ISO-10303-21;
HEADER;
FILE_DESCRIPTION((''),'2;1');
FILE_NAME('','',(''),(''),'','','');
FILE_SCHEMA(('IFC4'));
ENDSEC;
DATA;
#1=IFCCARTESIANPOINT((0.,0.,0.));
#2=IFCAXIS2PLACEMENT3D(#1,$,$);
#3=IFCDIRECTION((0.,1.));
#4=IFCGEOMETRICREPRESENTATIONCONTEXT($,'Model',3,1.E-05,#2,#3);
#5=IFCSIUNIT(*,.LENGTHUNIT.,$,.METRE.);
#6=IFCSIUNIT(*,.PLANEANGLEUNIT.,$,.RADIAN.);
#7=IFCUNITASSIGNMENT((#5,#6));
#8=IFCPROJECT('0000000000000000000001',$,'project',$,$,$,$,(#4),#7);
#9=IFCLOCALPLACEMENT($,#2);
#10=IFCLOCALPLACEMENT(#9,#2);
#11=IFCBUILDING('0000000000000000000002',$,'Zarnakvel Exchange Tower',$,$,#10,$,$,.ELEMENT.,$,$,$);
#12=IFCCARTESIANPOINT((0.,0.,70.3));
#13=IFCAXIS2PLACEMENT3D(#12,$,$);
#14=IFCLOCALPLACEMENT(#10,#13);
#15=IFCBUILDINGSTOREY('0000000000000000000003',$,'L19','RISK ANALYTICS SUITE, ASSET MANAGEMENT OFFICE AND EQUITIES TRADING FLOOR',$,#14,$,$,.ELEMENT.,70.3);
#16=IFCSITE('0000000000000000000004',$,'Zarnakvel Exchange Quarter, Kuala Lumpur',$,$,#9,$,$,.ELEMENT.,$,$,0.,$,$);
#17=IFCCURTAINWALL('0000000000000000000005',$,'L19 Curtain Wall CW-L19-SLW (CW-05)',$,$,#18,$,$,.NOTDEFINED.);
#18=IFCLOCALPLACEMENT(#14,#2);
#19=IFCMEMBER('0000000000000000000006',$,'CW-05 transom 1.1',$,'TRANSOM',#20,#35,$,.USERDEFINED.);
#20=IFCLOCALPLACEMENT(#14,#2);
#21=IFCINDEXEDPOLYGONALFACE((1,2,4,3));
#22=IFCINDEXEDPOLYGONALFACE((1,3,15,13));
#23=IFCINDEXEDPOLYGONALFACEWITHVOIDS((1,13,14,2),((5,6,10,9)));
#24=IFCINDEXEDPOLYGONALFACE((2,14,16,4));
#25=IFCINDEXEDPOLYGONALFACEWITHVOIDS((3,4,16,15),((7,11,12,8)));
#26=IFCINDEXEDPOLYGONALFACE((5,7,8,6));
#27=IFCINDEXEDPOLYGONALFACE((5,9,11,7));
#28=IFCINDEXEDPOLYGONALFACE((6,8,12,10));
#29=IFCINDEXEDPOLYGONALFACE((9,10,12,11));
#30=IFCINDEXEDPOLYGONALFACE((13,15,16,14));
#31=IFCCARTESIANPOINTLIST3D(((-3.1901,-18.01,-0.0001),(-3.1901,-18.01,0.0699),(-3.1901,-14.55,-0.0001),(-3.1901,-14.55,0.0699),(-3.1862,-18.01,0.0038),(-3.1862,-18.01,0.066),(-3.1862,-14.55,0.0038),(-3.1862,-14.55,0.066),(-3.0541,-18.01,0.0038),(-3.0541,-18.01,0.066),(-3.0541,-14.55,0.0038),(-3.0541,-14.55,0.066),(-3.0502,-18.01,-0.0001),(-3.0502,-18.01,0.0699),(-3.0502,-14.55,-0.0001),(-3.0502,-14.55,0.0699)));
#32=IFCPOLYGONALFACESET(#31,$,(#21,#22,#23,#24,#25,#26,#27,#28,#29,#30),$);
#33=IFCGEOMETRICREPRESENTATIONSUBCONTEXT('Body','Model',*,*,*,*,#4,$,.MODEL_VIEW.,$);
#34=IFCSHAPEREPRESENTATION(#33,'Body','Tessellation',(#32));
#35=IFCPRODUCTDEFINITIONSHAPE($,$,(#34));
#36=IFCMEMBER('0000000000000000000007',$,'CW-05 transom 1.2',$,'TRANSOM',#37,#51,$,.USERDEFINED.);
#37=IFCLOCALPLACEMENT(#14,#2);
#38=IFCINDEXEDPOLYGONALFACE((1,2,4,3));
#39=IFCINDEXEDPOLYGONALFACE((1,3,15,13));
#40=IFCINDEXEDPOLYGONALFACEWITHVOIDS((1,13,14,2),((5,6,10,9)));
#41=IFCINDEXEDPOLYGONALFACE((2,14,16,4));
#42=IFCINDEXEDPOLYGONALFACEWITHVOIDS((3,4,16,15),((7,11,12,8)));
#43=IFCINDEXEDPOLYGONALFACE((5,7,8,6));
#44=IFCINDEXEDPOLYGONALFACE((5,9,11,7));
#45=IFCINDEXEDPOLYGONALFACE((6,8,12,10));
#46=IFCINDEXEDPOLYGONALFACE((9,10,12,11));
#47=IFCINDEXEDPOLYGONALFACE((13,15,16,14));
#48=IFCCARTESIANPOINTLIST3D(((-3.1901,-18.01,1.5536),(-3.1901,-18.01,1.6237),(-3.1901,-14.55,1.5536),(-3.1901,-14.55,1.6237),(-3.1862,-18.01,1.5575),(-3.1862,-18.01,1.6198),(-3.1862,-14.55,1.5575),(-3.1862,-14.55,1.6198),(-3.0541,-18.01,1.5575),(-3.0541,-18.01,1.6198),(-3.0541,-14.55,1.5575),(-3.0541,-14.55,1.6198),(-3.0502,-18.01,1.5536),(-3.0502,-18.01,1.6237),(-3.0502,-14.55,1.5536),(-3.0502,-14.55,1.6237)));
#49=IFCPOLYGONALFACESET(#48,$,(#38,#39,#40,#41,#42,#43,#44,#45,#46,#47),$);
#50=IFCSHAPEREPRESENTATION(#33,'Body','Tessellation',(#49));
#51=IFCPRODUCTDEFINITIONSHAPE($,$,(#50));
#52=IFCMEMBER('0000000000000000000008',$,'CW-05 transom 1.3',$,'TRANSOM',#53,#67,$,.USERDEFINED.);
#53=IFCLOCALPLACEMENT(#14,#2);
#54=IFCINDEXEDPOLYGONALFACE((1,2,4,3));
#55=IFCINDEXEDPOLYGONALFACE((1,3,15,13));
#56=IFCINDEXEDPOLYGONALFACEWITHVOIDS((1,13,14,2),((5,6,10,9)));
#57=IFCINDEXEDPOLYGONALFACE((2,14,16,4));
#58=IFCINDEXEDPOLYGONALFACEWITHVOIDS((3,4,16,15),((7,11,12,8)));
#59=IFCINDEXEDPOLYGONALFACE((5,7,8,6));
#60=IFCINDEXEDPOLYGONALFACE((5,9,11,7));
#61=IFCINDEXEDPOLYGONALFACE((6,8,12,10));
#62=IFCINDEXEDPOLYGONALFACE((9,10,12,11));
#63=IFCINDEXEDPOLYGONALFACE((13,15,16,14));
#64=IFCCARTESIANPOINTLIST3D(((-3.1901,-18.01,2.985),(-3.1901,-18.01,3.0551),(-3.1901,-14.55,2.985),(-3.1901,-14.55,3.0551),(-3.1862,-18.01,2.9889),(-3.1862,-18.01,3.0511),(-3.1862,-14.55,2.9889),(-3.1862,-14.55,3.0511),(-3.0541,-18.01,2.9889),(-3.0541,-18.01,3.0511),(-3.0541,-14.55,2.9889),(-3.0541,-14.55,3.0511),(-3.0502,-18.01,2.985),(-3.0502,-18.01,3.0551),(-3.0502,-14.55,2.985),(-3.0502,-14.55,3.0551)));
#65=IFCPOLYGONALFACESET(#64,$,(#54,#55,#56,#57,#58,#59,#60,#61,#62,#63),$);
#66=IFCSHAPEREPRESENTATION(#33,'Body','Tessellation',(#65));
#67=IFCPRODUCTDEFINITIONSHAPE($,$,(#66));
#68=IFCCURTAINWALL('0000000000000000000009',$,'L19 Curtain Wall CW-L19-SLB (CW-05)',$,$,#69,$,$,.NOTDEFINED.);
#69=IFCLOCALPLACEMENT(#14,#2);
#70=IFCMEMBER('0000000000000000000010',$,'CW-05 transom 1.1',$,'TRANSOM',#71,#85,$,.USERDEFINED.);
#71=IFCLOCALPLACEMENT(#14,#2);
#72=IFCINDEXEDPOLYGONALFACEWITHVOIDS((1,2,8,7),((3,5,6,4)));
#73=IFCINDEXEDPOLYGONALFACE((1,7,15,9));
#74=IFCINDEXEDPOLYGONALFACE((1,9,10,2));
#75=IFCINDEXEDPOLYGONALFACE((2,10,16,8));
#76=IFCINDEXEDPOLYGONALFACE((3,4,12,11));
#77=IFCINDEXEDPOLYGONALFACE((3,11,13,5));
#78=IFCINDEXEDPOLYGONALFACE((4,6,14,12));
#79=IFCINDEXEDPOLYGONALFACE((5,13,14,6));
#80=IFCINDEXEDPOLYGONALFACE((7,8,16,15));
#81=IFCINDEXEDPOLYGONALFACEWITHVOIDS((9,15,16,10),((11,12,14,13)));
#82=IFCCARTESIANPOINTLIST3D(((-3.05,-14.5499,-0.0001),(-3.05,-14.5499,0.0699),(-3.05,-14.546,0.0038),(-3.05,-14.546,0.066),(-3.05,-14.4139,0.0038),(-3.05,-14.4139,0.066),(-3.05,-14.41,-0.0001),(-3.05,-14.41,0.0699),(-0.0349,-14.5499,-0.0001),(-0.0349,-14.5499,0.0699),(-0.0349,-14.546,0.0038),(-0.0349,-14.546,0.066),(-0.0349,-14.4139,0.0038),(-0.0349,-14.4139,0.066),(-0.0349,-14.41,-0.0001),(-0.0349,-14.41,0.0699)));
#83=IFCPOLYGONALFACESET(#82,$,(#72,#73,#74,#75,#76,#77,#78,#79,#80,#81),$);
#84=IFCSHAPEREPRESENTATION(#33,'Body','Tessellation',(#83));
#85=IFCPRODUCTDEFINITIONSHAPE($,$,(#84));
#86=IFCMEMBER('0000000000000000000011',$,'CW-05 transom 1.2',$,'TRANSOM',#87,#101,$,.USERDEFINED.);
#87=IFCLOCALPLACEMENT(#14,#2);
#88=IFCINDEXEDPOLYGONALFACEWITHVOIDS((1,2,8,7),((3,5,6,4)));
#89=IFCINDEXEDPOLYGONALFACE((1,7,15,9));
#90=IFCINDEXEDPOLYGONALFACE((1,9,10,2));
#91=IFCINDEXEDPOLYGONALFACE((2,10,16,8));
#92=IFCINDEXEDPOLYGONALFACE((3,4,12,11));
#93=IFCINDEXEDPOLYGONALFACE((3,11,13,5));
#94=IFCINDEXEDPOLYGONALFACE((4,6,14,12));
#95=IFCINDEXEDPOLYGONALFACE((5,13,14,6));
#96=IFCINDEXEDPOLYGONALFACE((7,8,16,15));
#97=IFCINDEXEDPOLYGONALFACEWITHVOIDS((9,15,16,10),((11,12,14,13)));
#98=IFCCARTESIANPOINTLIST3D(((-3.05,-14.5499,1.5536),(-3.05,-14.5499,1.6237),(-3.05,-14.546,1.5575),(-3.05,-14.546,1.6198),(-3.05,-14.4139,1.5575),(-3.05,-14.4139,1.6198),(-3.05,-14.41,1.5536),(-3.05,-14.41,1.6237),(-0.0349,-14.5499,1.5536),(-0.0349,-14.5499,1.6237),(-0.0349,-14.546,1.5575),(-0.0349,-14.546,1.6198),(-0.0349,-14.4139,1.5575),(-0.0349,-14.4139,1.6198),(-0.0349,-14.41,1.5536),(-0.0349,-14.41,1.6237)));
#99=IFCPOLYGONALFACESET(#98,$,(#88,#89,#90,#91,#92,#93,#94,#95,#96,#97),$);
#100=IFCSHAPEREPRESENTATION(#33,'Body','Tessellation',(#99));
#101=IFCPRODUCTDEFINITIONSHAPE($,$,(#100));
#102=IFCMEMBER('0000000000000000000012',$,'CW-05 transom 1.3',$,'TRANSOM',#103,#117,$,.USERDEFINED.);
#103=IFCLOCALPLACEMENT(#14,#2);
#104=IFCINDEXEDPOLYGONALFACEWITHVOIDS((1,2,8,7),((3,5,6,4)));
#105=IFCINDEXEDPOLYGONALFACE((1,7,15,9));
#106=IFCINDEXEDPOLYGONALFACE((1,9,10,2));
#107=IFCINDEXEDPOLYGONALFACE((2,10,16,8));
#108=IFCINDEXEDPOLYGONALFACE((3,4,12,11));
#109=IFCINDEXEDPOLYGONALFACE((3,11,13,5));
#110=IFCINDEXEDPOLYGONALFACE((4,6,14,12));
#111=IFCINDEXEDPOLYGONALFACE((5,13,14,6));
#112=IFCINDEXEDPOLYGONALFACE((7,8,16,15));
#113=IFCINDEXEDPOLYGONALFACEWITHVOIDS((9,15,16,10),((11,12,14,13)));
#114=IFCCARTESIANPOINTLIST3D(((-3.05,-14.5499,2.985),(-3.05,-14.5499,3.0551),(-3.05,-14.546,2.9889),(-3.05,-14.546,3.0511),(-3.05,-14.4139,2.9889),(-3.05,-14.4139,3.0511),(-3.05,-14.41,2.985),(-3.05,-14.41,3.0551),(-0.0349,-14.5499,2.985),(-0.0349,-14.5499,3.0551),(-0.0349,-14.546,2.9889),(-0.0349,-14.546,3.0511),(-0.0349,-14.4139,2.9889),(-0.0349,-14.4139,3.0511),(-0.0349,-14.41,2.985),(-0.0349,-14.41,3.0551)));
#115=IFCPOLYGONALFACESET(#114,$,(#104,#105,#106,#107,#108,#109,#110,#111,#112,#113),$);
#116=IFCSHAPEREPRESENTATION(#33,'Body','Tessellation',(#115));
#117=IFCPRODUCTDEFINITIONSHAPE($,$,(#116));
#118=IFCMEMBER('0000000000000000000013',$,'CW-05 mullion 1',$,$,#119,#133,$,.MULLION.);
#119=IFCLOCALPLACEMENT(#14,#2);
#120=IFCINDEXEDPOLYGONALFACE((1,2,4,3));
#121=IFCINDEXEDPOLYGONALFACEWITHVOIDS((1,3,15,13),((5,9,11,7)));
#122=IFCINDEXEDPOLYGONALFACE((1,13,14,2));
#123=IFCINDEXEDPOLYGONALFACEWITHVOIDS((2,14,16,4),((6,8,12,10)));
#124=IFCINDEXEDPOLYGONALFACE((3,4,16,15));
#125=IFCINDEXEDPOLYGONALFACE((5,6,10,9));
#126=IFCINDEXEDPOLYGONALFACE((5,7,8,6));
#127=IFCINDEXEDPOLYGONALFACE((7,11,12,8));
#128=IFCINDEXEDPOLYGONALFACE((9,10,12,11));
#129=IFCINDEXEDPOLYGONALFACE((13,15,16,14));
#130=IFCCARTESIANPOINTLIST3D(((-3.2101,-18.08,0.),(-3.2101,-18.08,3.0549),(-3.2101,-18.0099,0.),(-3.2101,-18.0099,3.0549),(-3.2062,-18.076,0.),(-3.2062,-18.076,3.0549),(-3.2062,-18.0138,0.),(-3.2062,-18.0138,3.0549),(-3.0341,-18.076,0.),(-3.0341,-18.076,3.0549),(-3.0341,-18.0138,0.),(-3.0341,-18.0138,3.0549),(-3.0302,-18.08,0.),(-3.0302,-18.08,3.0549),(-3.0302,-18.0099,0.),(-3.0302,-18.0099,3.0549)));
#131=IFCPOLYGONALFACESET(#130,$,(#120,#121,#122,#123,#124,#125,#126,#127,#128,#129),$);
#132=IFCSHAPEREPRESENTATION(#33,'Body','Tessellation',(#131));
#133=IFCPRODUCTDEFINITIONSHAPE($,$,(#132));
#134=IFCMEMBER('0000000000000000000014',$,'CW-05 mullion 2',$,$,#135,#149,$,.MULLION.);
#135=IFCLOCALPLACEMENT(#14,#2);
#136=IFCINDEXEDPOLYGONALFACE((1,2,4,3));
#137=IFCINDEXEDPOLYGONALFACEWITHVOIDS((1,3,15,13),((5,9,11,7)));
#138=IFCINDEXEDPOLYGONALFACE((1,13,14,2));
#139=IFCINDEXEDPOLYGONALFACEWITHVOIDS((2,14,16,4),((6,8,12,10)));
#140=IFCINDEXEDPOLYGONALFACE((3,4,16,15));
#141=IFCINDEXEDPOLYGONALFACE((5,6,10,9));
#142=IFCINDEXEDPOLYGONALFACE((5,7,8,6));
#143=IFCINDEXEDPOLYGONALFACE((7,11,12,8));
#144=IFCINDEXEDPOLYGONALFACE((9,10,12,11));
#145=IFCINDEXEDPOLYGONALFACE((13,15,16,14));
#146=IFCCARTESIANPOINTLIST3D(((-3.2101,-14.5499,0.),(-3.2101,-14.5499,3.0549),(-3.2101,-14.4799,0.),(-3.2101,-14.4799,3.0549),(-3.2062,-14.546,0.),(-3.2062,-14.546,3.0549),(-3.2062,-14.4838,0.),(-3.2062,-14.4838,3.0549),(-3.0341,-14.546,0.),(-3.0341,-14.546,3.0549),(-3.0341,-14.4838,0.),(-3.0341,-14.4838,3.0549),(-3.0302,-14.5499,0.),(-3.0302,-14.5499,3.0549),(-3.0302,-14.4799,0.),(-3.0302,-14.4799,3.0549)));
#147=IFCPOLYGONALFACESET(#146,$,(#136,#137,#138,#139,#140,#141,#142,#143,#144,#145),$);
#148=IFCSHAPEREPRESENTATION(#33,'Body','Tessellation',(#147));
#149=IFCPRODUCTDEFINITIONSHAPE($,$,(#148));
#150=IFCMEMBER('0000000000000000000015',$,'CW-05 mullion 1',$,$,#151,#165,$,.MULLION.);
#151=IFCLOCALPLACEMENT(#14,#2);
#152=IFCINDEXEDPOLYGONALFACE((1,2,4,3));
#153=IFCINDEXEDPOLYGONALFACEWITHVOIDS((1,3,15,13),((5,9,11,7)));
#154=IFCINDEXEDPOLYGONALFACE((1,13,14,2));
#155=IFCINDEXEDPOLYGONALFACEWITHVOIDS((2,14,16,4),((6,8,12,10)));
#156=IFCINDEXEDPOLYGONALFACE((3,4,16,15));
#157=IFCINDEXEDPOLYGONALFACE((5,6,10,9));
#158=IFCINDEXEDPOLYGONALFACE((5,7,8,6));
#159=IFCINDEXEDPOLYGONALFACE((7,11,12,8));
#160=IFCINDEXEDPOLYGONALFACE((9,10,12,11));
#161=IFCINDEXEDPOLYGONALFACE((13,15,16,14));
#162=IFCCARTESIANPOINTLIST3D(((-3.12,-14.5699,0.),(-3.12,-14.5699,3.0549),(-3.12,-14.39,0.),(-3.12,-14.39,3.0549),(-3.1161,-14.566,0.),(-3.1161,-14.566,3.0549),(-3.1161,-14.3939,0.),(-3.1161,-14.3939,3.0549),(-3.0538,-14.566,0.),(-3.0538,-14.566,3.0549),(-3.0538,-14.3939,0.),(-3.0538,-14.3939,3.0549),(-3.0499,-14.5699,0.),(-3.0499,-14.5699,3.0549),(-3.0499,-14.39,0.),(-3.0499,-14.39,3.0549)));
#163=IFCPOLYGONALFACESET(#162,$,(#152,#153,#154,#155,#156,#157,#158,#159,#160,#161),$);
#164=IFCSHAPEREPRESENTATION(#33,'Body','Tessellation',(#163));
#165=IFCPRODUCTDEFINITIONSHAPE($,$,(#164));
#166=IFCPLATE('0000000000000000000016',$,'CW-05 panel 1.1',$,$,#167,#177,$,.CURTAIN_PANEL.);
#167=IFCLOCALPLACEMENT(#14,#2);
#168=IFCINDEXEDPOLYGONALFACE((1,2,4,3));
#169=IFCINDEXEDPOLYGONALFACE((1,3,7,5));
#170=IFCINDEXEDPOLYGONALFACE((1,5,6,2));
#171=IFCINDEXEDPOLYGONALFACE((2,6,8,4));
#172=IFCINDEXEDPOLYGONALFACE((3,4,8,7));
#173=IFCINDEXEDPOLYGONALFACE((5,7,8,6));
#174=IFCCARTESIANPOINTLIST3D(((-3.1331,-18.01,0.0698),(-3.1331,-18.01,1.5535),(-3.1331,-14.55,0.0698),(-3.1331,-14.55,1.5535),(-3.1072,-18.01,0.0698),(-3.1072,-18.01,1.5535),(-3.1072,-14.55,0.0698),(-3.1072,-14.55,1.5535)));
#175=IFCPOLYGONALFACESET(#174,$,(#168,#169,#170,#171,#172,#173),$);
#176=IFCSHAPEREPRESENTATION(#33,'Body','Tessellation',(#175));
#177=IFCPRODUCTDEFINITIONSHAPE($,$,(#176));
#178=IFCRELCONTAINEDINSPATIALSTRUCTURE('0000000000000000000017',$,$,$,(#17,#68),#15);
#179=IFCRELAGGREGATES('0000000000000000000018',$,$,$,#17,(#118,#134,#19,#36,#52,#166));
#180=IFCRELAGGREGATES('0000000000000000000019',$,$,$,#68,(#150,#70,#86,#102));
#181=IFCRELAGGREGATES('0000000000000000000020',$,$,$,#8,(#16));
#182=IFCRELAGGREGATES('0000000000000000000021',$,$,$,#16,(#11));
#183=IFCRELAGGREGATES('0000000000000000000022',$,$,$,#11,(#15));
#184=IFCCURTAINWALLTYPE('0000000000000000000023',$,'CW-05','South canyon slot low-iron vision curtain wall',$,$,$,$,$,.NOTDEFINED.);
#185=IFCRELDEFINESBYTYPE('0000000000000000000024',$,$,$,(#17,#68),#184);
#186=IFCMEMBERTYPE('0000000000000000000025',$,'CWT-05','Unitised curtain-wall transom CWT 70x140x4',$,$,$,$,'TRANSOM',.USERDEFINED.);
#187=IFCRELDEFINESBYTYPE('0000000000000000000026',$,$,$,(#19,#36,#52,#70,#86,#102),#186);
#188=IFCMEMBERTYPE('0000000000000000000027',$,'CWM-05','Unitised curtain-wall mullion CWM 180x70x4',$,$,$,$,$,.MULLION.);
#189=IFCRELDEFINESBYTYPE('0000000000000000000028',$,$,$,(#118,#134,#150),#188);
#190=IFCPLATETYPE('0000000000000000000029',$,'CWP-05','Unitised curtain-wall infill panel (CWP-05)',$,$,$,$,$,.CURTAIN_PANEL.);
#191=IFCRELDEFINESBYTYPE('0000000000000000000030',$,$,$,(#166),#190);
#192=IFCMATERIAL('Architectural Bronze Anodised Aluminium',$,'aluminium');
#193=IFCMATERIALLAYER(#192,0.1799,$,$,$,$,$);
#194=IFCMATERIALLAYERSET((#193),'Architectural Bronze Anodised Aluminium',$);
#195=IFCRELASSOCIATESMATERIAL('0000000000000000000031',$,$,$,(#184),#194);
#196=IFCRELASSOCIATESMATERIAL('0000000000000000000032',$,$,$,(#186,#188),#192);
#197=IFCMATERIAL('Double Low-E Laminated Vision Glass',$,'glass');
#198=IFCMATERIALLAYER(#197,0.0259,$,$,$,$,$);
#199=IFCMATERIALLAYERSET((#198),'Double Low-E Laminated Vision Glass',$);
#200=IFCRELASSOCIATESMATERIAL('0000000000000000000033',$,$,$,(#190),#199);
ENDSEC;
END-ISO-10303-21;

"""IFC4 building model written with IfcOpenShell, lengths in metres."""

from ifc_helpers import new_model, si_unit, direction, frame, origin, origin_2d, place, context, subcontext, project, spatial, rectangle, hollow_rectangle, extrude, source, transform, mapped, material, layer, layer_set, material_profile, profile_set, type_object, element, aggregate, save


model = new_model("IFC4")

# Units and contexts
model_context = context("Model", 3, precision=1e-05, world=origin(), true_north=direction((0.0, 1.0)))
body_context = subcontext(model_context, "Body", "Model", "MODEL_VIEW")
ifc_project = project(units=[si_unit("LENGTHUNIT", "METRE"), si_unit("PLANEANGLEUNIT", "RADIAN")], contexts=[model_context])

# Site, building, storey
site_placement = place(None, origin())
site = spatial("IfcSite", under=ifc_project, at=site_placement, Name="Zarnakvel Exchange Quarter, Kuala Lumpur", CompositionType="ELEMENT", RefElevation=0.0)
building_placement = place(site_placement, origin())
building = spatial("IfcBuilding", under=site, at=building_placement, Name="Zarnakvel Exchange Tower", CompositionType="ELEMENT")
storey_placement = place(building_placement, frame((0.0, 0.0, 70.3)))
storey = spatial("IfcBuildingStorey", under=building, at=storey_placement, Name="L19", Description="RISK ANALYTICS SUITE, ASSET MANAGEMENT OFFICE AND EQUITIES TRADING FLOOR", CompositionType="ELEMENT", Elevation=70.3)

# Curtain walls, members
ifc_material_1 = material(Name="Architectural Bronze Anodised Aluminium", Category="aluminium")
ifc_layer_1 = layer(ifc_material_1, 0.1799)
ifc_layer_set_1 = layer_set([ifc_layer_1], Name="Architectural Bronze Anodised Aluminium")
curtain_wall_type = type_object("IfcCurtainWallType", Name="CW-05", Description="South canyon slot low-iron vision curtain wall", PredefinedType="NOTDEFINED", material=ifc_layer_set_1)
curtain_wall_1_placement = place(storey_placement, origin())
curtain_wall_1 = element("IfcCurtainWall", 1, at=curtain_wall_1_placement, inside=storey, type_object=curtain_wall_type, Name="L19 Curtain Wall CW-L19-SLW (CW-05)", PredefinedType="NOTDEFINED")
ifc_material_profile_1 = material_profile(ifc_material_1, hollow_rectangle(XDim=0.1399, YDim=0.0701, WallThickness=0.0039, at=origin_2d()))
ifc_profile_set_1 = profile_set([ifc_material_profile_1], Name="Architectural Bronze Anodised Aluminium")
member_type_1 = type_object("IfcMemberType", Name="CWT-05", Description="Unitised curtain-wall transom CWT 70x140x4", ElementType="TRANSOM", PredefinedType="USERDEFINED", material=ifc_profile_set_1)
shared_shape_1 = source(origin(), body_context, "Body", "SweptSolid", [
    extrude(hollow_rectangle(XDim=0.1399, YDim=0.0701, WallThickness=0.0039, at=origin_2d()), origin(), (0.0, 0.0, 1.0), 3.46),
])
member_1_placement = place(storey_placement, frame((-3.1201, -18.01, 0.0349), z_axis=(0.0, 1.0, 0.0), x_axis=(-1.0, 0.0, 0.0)))
member_1 = element("IfcMember", 2, at=member_1_placement, type_object=member_type_1, Name="CW-05 transom 1.1", ObjectType="TRANSOM", PredefinedType="USERDEFINED", context=body_context, shape_type="MappedRepresentation", body=[
    mapped(shared_shape_1, transform((0.0, 0.0, 0.0), x_axis=(1.0, 0.0, 0.0), y_axis=(0.0, 1.0, 0.0), z_axis=(0.0, 0.0, 1.0), scale=1.0)),
])
member_2_placement = place(storey_placement, frame((-3.1201, -18.01, 1.5886), z_axis=(0.0, 1.0, 0.0), x_axis=(-1.0, 0.0, 0.0)))
member_2 = element("IfcMember", 3, at=member_2_placement, type_object=member_type_1, Name="CW-05 transom 1.2", ObjectType="TRANSOM", PredefinedType="USERDEFINED", context=body_context, shape_type="MappedRepresentation", body=[
    mapped(shared_shape_1, transform((0.0, 0.0, 0.0), x_axis=(1.0, 0.0, 0.0), y_axis=(0.0, 1.0, 0.0), z_axis=(0.0, 0.0, 1.0), scale=1.0)),
])
member_3_placement = place(storey_placement, frame((-3.1201, -18.01, 3.02), z_axis=(0.0, 1.0, 0.0), x_axis=(-1.0, 0.0, 0.0)))
member_3 = element("IfcMember", 4, at=member_3_placement, type_object=member_type_1, Name="CW-05 transom 1.3", ObjectType="TRANSOM", PredefinedType="USERDEFINED", context=body_context, shape_type="MappedRepresentation", body=[
    mapped(shared_shape_1, transform((0.0, 0.0, 0.0), x_axis=(1.0, 0.0, 0.0), y_axis=(0.0, 1.0, 0.0), z_axis=(0.0, 0.0, 1.0), scale=1.0)),
])
curtain_wall_2_placement = place(storey_placement, origin())
curtain_wall_2 = element("IfcCurtainWall", 5, at=curtain_wall_2_placement, inside=storey, type_object=curtain_wall_type, Name="L19 Curtain Wall CW-L19-SLB (CW-05)", PredefinedType="NOTDEFINED")
shared_shape_2 = source(origin(), body_context, "Body", "SweptSolid", [
    extrude(hollow_rectangle(XDim=0.1399, YDim=0.0701, WallThickness=0.0039, at=origin_2d()), origin(), (0.0, 0.0, 1.0), 3.0151),
])
member_4_placement = place(storey_placement, frame((-3.05, -14.48, 0.0349), z_axis=(1.0, 0.0, 0.0), x_axis=(0.0, 1.0, 0.0)))
member_4 = element("IfcMember", 6, at=member_4_placement, type_object=member_type_1, Name="CW-05 transom 1.1", ObjectType="TRANSOM", PredefinedType="USERDEFINED", context=body_context, shape_type="MappedRepresentation", body=[
    mapped(shared_shape_2, transform((0.0, 0.0, 0.0), x_axis=(1.0, 0.0, 0.0), y_axis=(0.0, 1.0, 0.0), z_axis=(0.0, 0.0, 1.0), scale=1.0)),
])
member_5_placement = place(storey_placement, frame((-3.05, -14.48, 1.5886), z_axis=(1.0, 0.0, 0.0), x_axis=(0.0, 1.0, 0.0)))
member_5 = element("IfcMember", 7, at=member_5_placement, type_object=member_type_1, Name="CW-05 transom 1.2", ObjectType="TRANSOM", PredefinedType="USERDEFINED", context=body_context, shape_type="MappedRepresentation", body=[
    mapped(shared_shape_2, transform((0.0, 0.0, 0.0), x_axis=(1.0, 0.0, 0.0), y_axis=(0.0, 1.0, 0.0), z_axis=(0.0, 0.0, 1.0), scale=1.0)),
])
member_6_placement = place(storey_placement, frame((-3.05, -14.48, 3.02), z_axis=(1.0, 0.0, 0.0), x_axis=(0.0, 1.0, 0.0)))
member_6 = element("IfcMember", 8, at=member_6_placement, type_object=member_type_1, Name="CW-05 transom 1.3", ObjectType="TRANSOM", PredefinedType="USERDEFINED", context=body_context, shape_type="MappedRepresentation", body=[
    mapped(shared_shape_2, transform((0.0, 0.0, 0.0), x_axis=(1.0, 0.0, 0.0), y_axis=(0.0, 1.0, 0.0), z_axis=(0.0, 0.0, 1.0), scale=1.0)),
])

# Members
ifc_material_profile_2 = material_profile(ifc_material_1, hollow_rectangle(XDim=0.1799, YDim=0.0701, WallThickness=0.0039, at=origin_2d()))
ifc_profile_set_2 = profile_set([ifc_material_profile_2], Name="Architectural Bronze Anodised Aluminium")
member_type_2 = type_object("IfcMemberType", Name="CWM-05", Description="Unitised curtain-wall mullion CWM 180x70x4", PredefinedType="MULLION", material=ifc_profile_set_2)
shared_shape_3 = source(origin(), body_context, "Body", "SweptSolid", [
    extrude(hollow_rectangle(XDim=0.1799, YDim=0.0701, WallThickness=0.0039, at=origin_2d()), origin(), (0.0, 0.0, 1.0), 3.0549),
])
member_7_placement = place(storey_placement, frame((-3.1201, -18.0449, 0.0), z_axis=(0.0, 0.0, 1.0), x_axis=(-1.0, 0.0, 0.0)))
member_7 = element("IfcMember", 9, at=member_7_placement, type_object=member_type_2, Name="CW-05 mullion 1", PredefinedType="MULLION", context=body_context, shape_type="MappedRepresentation", body=[
    mapped(shared_shape_3, transform((0.0, 0.0, 0.0), x_axis=(1.0, 0.0, 0.0), y_axis=(0.0, 1.0, 0.0), z_axis=(0.0, 0.0, 1.0), scale=1.0)),
])
member_8_placement = place(storey_placement, frame((-3.1201, -14.5149, 0.0), z_axis=(0.0, 0.0, 1.0), x_axis=(-1.0, 0.0, 0.0)))
member_8 = element("IfcMember", 10, at=member_8_placement, type_object=member_type_2, Name="CW-05 mullion 2", PredefinedType="MULLION", context=body_context, shape_type="MappedRepresentation", body=[
    mapped(shared_shape_3, transform((0.0, 0.0, 0.0), x_axis=(1.0, 0.0, 0.0), y_axis=(0.0, 1.0, 0.0), z_axis=(0.0, 0.0, 1.0), scale=1.0)),
])
member_9_placement = place(storey_placement, frame((-3.085, -14.48, 0.0), z_axis=(0.0, 0.0, 1.0), x_axis=(0.0, 1.0, 0.0)))
member_9 = element("IfcMember", 11, at=member_9_placement, type_object=member_type_2, Name="CW-05 mullion 1", PredefinedType="MULLION", context=body_context, shape_type="MappedRepresentation", body=[
    mapped(shared_shape_3, transform((0.0, 0.0, 0.0), x_axis=(1.0, 0.0, 0.0), y_axis=(0.0, 1.0, 0.0), z_axis=(0.0, 0.0, 1.0), scale=1.0)),
])

# Plate
ifc_material_2 = material(Name="Double Low-E Laminated Vision Glass", Category="glass")
ifc_layer_2 = layer(ifc_material_2, 0.0259)
ifc_layer_set_2 = layer_set([ifc_layer_2], Name="Double Low-E Laminated Vision Glass")
plate_type = type_object("IfcPlateType", Name="CWP-05", Description="Unitised curtain-wall infill panel (CWP-05)", PredefinedType="CURTAIN_PANEL", material=ifc_layer_set_2)
shared_shape_4 = source(origin(), body_context, "Body", "SweptSolid", [
    extrude(rectangle(XDim=3.46, YDim=0.0259, at=origin_2d()), origin(), (0.0, 0.0, 1.0), 1.4836),
])
plate_1_placement = place(storey_placement, frame((-3.1201, -16.28, 0.0698), z_axis=(0.0, 0.0, 1.0), x_axis=(0.0, 1.0, 0.0)))
plate_1 = element("IfcPlate", 12, at=plate_1_placement, type_object=plate_type, Name="CW-05 panel 1.1", PredefinedType="CURTAIN_PANEL", context=body_context, shape_type="MappedRepresentation", body=[
    mapped(shared_shape_4, transform((0.0, 0.0, 0.0), x_axis=(1.0, 0.0, 0.0), y_axis=(0.0, 1.0, 0.0), z_axis=(0.0, 0.0, 1.0), scale=1.0)),
])
aggregate(curtain_wall_1, [member_7, member_8, member_1, member_2, member_3, plate_1])
aggregate(curtain_wall_2, [member_9, member_4, member_5, member_6])

save(model, "model.ifc")
